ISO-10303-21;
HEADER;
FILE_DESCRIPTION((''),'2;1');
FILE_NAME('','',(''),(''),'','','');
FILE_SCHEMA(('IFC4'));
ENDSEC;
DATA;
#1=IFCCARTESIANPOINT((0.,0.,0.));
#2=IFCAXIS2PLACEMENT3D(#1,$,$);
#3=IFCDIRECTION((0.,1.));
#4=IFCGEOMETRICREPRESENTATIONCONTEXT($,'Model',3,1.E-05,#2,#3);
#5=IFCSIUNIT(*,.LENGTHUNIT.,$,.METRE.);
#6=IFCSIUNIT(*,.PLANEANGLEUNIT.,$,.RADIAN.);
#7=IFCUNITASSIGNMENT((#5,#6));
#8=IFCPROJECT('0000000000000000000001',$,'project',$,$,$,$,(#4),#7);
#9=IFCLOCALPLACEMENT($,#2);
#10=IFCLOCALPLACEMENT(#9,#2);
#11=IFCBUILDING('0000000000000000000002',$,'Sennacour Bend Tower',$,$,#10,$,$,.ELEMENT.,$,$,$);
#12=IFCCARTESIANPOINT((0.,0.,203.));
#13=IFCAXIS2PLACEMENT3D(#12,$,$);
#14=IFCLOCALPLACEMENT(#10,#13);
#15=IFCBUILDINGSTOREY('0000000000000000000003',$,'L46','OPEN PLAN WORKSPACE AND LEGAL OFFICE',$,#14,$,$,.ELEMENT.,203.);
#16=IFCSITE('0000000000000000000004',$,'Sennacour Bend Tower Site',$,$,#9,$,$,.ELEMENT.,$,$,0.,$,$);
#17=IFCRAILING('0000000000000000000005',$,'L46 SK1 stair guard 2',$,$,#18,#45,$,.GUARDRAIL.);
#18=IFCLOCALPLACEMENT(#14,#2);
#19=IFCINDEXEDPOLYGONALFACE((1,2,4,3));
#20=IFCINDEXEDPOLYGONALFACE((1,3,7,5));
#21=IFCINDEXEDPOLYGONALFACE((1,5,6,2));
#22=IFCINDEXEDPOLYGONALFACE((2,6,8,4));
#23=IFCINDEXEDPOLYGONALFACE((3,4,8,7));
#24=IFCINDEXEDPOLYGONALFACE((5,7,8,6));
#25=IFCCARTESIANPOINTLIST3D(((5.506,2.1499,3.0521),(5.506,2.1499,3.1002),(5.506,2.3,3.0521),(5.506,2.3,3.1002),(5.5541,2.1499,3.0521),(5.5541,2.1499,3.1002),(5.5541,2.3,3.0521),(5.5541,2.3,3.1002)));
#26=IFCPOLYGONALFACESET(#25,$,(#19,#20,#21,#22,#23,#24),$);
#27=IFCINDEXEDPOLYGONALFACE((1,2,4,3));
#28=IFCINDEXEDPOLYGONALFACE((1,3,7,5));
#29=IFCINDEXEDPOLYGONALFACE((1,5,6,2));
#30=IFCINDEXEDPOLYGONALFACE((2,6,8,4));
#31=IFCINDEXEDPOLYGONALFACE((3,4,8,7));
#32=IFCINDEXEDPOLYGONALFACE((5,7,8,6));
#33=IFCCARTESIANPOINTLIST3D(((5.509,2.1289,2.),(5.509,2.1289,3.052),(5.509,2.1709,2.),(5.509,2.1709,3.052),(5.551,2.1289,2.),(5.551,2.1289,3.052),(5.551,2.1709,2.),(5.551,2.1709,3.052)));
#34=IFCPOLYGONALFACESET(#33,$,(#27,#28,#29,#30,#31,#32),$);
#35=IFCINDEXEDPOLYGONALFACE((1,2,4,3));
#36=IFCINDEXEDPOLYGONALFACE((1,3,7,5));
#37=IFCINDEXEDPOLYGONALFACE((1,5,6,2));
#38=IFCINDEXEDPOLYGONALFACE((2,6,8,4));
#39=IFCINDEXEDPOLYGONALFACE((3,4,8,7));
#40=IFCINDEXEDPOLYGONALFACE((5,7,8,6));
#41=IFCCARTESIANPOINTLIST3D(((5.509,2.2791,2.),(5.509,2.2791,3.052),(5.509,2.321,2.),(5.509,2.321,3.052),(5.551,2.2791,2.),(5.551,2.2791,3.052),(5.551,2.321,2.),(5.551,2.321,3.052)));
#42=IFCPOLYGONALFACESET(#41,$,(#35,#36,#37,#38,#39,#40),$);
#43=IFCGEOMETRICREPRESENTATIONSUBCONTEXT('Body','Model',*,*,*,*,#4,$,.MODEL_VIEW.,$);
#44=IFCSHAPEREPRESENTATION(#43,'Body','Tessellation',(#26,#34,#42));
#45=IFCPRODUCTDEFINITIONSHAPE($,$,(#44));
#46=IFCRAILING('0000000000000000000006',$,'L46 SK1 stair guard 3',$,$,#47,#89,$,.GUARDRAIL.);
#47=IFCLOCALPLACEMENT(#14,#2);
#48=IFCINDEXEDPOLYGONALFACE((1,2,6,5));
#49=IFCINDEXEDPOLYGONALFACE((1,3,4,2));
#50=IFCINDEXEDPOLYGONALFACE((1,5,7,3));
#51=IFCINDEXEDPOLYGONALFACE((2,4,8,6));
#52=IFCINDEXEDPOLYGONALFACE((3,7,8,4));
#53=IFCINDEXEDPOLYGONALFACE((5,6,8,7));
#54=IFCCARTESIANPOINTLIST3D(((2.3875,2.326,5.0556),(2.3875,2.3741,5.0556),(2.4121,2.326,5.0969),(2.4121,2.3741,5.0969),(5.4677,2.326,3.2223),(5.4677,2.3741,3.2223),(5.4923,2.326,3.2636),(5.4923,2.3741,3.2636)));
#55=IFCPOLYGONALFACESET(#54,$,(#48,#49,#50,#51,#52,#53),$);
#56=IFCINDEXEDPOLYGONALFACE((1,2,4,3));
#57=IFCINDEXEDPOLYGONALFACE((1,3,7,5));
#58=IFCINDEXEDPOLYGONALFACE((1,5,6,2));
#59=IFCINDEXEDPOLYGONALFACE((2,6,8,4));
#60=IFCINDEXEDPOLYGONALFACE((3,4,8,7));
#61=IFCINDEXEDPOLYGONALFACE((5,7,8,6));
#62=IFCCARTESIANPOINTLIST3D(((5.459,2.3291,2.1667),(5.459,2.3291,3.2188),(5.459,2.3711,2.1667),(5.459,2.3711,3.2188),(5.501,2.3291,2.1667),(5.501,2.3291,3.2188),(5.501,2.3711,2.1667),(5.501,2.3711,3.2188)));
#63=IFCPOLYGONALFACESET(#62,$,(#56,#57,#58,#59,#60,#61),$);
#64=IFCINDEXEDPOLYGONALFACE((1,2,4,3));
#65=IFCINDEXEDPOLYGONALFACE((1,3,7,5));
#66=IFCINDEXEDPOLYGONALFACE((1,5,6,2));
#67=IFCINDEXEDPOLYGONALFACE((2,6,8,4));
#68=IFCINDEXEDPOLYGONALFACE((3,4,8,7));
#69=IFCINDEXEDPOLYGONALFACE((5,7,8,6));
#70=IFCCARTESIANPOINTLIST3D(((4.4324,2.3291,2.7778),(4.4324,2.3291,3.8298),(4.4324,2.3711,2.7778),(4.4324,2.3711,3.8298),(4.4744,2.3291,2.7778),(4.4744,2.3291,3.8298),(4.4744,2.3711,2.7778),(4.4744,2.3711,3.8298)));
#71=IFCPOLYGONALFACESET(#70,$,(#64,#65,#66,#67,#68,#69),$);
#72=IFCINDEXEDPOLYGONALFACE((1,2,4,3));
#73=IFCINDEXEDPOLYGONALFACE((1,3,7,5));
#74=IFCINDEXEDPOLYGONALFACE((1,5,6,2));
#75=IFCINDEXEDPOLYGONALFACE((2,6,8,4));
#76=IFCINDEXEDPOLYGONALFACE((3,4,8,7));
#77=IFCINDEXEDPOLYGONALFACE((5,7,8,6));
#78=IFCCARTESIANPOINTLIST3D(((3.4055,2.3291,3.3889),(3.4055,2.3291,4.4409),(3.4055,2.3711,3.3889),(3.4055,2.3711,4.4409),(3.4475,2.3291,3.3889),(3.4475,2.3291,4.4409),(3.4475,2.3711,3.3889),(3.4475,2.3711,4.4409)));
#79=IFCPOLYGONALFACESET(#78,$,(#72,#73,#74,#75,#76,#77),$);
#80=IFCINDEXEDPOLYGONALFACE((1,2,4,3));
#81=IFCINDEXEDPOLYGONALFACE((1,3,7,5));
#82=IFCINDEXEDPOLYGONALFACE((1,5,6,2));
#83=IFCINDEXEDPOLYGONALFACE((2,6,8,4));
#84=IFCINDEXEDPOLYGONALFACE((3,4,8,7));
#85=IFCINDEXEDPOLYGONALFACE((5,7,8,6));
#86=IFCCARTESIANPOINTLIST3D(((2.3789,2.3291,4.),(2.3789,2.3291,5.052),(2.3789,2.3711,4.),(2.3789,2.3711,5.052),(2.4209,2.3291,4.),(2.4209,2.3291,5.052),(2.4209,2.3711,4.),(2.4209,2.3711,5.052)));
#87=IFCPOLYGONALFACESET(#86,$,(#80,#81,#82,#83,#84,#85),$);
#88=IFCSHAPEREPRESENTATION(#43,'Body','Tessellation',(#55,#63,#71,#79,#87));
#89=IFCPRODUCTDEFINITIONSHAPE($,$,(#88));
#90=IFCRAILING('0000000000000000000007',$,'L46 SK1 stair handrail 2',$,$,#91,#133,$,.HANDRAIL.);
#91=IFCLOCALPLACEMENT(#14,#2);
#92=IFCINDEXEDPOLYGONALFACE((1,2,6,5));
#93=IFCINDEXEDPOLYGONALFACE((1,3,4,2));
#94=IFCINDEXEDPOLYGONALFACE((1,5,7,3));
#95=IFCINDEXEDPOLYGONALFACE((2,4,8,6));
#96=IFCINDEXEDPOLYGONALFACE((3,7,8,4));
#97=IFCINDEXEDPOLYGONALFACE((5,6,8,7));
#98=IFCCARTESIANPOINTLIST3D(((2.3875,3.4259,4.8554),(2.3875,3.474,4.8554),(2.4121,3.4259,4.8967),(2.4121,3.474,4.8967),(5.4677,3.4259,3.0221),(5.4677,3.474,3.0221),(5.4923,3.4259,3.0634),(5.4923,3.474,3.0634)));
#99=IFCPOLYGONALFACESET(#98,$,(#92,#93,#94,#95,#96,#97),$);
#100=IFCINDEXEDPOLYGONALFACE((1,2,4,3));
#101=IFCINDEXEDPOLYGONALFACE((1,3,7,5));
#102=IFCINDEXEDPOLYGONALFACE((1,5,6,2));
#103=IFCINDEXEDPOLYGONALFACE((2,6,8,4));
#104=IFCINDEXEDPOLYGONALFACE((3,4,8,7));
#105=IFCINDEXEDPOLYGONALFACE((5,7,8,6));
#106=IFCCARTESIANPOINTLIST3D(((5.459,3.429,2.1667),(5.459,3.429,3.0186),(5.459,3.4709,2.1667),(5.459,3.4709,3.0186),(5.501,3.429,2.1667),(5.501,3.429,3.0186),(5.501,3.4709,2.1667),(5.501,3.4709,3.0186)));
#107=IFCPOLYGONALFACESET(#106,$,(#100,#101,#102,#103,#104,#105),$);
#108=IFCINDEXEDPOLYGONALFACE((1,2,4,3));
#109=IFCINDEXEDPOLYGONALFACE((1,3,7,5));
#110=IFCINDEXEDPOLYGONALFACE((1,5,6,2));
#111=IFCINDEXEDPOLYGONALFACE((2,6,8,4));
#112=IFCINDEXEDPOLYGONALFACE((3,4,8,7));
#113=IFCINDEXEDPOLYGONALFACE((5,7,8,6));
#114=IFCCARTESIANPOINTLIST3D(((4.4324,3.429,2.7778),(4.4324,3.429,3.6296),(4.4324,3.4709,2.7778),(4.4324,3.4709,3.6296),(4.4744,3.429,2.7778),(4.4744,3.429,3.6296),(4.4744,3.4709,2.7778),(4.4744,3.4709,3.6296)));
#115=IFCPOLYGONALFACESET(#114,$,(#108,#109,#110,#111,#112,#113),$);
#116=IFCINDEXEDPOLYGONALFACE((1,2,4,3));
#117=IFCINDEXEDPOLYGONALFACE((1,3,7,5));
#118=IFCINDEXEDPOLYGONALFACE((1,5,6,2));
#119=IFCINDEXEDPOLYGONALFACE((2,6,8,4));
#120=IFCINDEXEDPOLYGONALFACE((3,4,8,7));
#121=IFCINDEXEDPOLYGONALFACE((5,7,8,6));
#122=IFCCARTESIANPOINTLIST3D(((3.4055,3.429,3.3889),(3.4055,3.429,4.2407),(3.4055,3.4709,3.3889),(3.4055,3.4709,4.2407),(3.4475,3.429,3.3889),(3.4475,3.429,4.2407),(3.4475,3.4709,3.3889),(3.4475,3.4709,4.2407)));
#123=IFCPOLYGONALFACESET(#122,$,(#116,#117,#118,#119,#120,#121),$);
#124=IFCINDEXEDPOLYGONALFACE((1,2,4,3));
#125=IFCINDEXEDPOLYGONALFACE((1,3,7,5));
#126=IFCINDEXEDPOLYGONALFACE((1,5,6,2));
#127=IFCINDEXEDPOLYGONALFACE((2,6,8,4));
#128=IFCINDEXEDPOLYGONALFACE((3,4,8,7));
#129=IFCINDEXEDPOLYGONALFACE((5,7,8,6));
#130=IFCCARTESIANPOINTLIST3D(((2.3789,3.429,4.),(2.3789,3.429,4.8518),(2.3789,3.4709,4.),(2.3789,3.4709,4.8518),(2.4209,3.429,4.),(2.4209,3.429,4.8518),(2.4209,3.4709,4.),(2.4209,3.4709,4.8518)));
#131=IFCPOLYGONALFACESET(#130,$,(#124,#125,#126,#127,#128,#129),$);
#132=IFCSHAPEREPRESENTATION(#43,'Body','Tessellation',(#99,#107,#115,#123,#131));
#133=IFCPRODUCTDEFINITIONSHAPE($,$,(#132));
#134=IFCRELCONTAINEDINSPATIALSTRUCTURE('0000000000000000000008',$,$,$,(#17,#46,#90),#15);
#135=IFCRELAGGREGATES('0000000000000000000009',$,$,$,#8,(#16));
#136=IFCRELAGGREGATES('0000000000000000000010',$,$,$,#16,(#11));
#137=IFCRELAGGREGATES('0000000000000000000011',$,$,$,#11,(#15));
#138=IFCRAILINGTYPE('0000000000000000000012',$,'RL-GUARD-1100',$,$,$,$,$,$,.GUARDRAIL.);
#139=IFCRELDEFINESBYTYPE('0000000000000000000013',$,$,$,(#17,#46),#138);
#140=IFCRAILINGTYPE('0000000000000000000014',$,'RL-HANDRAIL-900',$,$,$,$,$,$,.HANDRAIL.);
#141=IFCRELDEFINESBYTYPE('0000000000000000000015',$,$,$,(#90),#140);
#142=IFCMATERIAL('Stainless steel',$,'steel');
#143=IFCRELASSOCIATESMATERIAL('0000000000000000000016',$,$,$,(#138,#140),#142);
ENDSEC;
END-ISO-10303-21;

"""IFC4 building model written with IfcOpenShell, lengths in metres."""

from ifc_helpers import new_model, si_unit, direction, frame, origin, origin_2d, place, context, subcontext, project, spatial, rectangle, extrude, material, type_object, element, save


model = new_model("IFC4")

# Units and contexts
model_context = context("Model", 3, precision=1e-05, world=origin(), true_north=direction((0.0, 1.0)))
body_context = subcontext(model_context, "Body", "Model", "MODEL_VIEW")
ifc_project = project(units=[si_unit("LENGTHUNIT", "METRE"), si_unit("PLANEANGLEUNIT", "RADIAN")], contexts=[model_context])

# Site, building, storey
site_placement = place(None, origin())
site = spatial("IfcSite", under=ifc_project, at=site_placement, Name="Sennacour Bend Tower Site", CompositionType="ELEMENT", RefElevation=0.0)
building_placement = place(site_placement, origin())
building = spatial("IfcBuilding", under=site, at=building_placement, Name="Sennacour Bend Tower", CompositionType="ELEMENT")
storey_placement = place(building_placement, frame((0.0, 0.0, 203.0)))
storey = spatial("IfcBuildingStorey", under=building, at=storey_placement, Name="L46", Description="OPEN PLAN WORKSPACE AND LEGAL OFFICE", CompositionType="ELEMENT", Elevation=203.0)

# Railings
ifc_material_1 = material(Name="Stainless steel", Category="steel")
railing_type_1 = type_object("IfcRailingType", Name="RL-GUARD-1100", PredefinedType="GUARDRAIL", material=ifc_material_1)
railing_1_placement = place(storey_placement, frame((5.53, 2.1499, 2.0)))
element("IfcRailing", 1, at=railing_1_placement, inside=storey, type_object=railing_type_1, Name="L46 SK1 stair guard 2", PredefinedType="GUARDRAIL", context=body_context, shape_type="SweptSolid", body=[
    extrude(rectangle(XDim=0.0481, YDim=0.0481, at=origin_2d()), frame((0.0, 0.0, 1.0762), z_axis=(0.0, 1.0, 0.0), x_axis=(-1.0, 0.0, 0.0)), (0.0, 0.0, 1.0), 0.1501),
    extrude(rectangle(XDim=0.042, YDim=0.042, at=origin_2d()), origin(), (0.0, 0.0, 1.0), 1.052),
    extrude(rectangle(XDim=0.042, YDim=0.042, at=origin_2d()), frame((0.0, 0.1501, 0.0)), (0.0, 0.0, 1.0), 1.052),
])
railing_2_placement = place(storey_placement, frame((5.48, 2.3501, 2.1667)))
element("IfcRailing", 2, at=railing_2_placement, inside=storey, type_object=railing_type_1, Name="L46 SK1 stair guard 3", PredefinedType="GUARDRAIL", context=body_context, shape_type="SweptSolid", body=[
    extrude(rectangle(XDim=0.0481, YDim=0.0481, at=origin_2d()), frame((0.0, 0.0, 1.0762), z_axis=(-0.859309, 0.0, 0.511458), x_axis=(0.0, -1.0, 0.0)), (0.0, 0.0, 1.0), 3.5845),
    extrude(rectangle(XDim=0.042, YDim=0.042, at=origin_2d()), origin(), (0.0, 0.0, 1.0), 1.052),
    extrude(rectangle(XDim=0.042, YDim=0.042, at=origin_2d()), frame((-1.0266, 0.0, 0.6111)), (0.0, 0.0, 1.0), 1.052),
    extrude(rectangle(XDim=0.042, YDim=0.042, at=origin_2d()), frame((-2.0535, 0.0, 1.2222)), (0.0, 0.0, 1.0), 1.052),
    extrude(rectangle(XDim=0.042, YDim=0.042, at=origin_2d()), frame((-3.0801, 0.0, 1.8333)), (0.0, 0.0, 1.0), 1.052),
])
railing_type_2 = type_object("IfcRailingType", Name="RL-HANDRAIL-900", PredefinedType="HANDRAIL", material=ifc_material_1)
railing_3_placement = place(storey_placement, frame((5.48, 3.45, 2.1667)))
element("IfcRailing", 3, at=railing_3_placement, inside=storey, type_object=railing_type_2, Name="L46 SK1 stair handrail 2", PredefinedType="HANDRAIL", context=body_context, shape_type="SweptSolid", body=[
    extrude(rectangle(XDim=0.0481, YDim=0.0481, at=origin_2d()), frame((0.0, 0.0, 0.876), z_axis=(-0.859309, 0.0, 0.511458), x_axis=(0.0, -1.0, 0.0)), (0.0, 0.0, 1.0), 3.5845),
    extrude(rectangle(XDim=0.042, YDim=0.042, at=origin_2d()), origin(), (0.0, 0.0, 1.0), 0.8518),
    extrude(rectangle(XDim=0.042, YDim=0.042, at=origin_2d()), frame((-1.0266, 0.0, 0.6111)), (0.0, 0.0, 1.0), 0.8518),
    extrude(rectangle(XDim=0.042, YDim=0.042, at=origin_2d()), frame((-2.0535, 0.0, 1.2222)), (0.0, 0.0, 1.0), 0.8518),
    extrude(rectangle(XDim=0.042, YDim=0.042, at=origin_2d()), frame((-3.0801, 0.0, 1.8333)), (0.0, 0.0, 1.0), 0.8518),
])

save(model, "model.ifc")
